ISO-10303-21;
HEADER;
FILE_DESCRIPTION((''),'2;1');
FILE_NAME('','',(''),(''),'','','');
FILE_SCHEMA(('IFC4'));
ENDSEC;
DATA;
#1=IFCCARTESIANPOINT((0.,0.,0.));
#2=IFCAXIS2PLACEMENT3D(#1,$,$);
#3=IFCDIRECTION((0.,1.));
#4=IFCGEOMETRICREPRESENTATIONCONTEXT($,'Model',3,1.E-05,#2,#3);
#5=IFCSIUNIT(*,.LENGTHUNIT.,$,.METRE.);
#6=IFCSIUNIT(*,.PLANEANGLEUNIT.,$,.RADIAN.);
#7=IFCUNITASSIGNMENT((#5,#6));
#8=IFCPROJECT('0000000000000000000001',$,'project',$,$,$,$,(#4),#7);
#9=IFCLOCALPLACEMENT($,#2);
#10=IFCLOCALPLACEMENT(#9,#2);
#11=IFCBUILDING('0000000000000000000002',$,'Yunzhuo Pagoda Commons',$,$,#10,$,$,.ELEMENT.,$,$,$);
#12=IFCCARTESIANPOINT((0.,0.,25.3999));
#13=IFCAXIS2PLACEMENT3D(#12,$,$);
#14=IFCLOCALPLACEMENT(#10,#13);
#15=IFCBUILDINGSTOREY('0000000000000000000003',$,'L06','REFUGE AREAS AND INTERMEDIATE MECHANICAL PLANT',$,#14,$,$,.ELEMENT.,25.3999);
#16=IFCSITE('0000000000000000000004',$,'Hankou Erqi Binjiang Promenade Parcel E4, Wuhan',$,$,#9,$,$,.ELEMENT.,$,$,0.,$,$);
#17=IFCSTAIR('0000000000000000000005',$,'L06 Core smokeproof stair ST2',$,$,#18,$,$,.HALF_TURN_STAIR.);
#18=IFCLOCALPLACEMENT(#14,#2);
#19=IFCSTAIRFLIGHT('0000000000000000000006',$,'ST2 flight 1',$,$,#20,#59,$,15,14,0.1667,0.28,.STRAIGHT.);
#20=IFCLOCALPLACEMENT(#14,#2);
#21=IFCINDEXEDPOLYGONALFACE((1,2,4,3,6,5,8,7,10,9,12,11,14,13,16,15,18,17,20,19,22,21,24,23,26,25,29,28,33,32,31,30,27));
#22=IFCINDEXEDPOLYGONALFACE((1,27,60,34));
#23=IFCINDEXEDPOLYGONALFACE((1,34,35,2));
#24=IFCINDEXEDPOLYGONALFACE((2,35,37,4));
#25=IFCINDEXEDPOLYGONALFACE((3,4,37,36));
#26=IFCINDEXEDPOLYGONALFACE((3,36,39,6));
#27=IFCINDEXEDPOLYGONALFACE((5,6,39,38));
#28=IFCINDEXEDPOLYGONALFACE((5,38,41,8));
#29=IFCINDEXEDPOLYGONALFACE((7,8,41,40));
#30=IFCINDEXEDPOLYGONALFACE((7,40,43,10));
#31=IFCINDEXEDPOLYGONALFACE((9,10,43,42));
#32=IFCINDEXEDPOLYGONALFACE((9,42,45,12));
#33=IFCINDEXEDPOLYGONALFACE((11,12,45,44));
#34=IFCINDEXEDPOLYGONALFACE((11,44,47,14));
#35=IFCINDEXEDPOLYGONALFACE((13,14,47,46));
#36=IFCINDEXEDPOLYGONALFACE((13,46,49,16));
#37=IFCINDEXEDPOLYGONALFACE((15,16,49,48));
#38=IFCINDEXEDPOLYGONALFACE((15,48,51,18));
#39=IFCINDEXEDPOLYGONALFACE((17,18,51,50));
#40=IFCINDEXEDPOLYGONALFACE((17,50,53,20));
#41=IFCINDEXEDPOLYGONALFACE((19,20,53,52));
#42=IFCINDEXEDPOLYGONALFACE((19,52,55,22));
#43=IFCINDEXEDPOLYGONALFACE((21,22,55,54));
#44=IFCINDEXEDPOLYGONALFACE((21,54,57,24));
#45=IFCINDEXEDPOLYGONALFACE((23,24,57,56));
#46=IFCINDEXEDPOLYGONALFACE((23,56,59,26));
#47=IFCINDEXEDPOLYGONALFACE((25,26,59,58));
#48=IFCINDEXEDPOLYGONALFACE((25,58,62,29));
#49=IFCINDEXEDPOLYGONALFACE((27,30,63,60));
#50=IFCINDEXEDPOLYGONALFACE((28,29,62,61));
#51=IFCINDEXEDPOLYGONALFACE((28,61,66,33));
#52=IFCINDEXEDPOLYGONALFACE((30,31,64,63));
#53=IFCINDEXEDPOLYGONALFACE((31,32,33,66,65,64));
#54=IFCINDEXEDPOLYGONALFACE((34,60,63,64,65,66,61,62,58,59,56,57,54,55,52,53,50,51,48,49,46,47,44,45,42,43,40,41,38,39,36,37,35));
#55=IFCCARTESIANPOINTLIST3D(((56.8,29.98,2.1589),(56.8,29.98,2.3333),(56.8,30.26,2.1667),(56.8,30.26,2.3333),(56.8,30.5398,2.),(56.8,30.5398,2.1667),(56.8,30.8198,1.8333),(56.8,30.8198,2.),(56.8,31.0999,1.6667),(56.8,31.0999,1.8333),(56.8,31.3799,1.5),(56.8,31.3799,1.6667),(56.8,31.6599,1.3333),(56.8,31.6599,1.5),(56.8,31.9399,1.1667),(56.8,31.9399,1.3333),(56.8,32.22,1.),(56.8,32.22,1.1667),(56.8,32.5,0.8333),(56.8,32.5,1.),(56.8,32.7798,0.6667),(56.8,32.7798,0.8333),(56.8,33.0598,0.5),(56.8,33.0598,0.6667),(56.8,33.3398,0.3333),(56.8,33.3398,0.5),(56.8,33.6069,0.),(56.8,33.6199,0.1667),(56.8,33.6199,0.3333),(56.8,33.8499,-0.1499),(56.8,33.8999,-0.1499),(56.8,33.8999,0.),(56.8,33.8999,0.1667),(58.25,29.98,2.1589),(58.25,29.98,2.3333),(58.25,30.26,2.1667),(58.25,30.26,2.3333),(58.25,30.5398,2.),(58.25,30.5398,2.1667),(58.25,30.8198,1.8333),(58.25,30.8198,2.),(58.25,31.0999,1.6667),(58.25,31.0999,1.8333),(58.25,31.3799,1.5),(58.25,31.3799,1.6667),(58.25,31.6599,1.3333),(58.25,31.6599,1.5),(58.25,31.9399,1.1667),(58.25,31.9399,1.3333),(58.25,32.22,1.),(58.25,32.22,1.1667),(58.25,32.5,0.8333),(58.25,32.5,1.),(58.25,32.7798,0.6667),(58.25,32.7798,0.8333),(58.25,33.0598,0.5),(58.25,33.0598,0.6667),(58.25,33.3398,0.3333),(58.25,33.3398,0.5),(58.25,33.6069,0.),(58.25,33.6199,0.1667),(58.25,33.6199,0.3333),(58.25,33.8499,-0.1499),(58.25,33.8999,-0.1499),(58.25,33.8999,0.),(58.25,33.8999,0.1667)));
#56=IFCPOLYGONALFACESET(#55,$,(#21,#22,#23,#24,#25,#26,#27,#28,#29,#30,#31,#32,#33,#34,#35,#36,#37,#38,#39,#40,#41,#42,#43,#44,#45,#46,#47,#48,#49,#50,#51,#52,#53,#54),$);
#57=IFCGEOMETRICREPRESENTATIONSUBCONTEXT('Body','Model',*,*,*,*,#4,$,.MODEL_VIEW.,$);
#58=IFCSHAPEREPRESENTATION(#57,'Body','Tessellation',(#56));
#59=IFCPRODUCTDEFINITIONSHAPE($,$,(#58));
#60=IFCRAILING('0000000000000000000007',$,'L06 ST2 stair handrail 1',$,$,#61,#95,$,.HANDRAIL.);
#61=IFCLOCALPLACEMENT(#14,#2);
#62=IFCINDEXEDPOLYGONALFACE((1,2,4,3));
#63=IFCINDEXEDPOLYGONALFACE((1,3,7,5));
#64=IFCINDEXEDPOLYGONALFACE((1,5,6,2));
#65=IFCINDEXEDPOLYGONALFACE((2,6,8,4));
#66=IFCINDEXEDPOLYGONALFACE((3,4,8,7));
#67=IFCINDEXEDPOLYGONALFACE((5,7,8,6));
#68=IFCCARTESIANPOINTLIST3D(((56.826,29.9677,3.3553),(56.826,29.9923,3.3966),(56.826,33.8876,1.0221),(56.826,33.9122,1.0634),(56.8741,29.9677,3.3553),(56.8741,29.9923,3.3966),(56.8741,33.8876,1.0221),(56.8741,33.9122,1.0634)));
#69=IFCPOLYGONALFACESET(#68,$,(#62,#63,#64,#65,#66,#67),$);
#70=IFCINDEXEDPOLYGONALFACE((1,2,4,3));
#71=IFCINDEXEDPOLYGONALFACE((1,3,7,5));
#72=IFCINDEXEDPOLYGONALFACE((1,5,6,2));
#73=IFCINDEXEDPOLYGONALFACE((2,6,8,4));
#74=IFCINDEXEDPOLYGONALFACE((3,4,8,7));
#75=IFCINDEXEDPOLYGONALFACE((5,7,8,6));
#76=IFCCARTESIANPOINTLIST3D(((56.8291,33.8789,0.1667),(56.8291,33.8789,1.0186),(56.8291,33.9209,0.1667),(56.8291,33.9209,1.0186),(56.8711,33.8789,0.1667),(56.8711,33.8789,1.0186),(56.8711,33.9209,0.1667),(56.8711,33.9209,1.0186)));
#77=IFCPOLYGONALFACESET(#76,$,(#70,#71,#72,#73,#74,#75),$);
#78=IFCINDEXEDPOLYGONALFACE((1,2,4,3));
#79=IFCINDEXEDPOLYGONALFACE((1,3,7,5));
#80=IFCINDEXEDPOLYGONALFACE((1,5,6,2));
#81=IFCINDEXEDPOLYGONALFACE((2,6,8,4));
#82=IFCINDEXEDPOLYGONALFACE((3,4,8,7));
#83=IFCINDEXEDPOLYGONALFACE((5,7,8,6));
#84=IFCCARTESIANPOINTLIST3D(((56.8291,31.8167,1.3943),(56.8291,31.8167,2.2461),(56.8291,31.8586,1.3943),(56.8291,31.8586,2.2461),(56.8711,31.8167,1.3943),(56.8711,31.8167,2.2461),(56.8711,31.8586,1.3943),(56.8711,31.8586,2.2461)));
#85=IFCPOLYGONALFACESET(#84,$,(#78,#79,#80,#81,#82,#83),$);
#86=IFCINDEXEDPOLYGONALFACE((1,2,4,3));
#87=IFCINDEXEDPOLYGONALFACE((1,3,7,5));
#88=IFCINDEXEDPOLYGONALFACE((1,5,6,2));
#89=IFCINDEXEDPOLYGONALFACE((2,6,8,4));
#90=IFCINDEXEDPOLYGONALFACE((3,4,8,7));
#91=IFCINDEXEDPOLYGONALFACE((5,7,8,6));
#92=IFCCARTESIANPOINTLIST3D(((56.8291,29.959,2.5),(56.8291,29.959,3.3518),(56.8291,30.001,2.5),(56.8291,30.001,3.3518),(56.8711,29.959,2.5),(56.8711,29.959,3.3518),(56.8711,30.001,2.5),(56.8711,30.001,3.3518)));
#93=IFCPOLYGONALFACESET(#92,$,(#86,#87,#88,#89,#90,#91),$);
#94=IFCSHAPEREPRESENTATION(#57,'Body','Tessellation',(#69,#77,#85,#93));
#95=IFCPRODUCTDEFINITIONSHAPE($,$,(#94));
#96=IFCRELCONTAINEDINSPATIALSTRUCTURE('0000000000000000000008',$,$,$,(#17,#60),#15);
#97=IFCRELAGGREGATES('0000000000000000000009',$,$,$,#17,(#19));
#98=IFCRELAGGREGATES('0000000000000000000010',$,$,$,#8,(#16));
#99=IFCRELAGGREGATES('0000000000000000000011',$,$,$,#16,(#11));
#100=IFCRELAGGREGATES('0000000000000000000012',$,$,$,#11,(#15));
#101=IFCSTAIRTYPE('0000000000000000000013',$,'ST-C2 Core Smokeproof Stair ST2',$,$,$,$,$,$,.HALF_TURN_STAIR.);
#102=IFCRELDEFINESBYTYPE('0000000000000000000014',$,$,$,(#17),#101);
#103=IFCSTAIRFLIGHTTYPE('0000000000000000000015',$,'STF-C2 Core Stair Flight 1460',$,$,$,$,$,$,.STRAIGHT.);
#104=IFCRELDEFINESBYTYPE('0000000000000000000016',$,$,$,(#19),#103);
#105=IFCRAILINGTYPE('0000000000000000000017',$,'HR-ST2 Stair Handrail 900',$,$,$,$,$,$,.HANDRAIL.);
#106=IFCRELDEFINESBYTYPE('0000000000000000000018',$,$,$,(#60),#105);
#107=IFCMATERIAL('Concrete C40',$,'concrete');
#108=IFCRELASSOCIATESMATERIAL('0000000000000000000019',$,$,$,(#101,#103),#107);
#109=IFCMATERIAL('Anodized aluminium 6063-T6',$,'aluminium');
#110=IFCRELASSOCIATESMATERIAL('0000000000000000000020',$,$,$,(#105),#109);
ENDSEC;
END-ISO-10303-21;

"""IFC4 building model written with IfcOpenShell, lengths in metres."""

from ifc_helpers import new_model, si_unit, direction, frame, origin, origin_2d, place, context, subcontext, project, spatial, polyline, rectangle, outline, extrude, source, transform, mapped, material, type_object, element, aggregate, save


model = new_model("IFC4")

# Units and contexts
model_context = context("Model", 3, precision=1e-05, world=origin(), true_north=direction((0.0, 1.0)))
body_context = subcontext(model_context, "Body", "Model", "MODEL_VIEW")
ifc_project = project(units=[si_unit("LENGTHUNIT", "METRE"), si_unit("PLANEANGLEUNIT", "RADIAN")], contexts=[model_context])

# Site, building, storey
site_placement = place(None, origin())
site = spatial("IfcSite", under=ifc_project, at=site_placement, Name="Hankou Erqi Binjiang Promenade Parcel E4, Wuhan", CompositionType="ELEMENT", RefElevation=0.0)
building_placement = place(site_placement, origin())
building = spatial("IfcBuilding", under=site, at=building_placement, Name="Yunzhuo Pagoda Commons", CompositionType="ELEMENT")
storey_placement = place(building_placement, frame((0.0, 0.0, 25.3999)))
storey = spatial("IfcBuildingStorey", under=building, at=storey_placement, Name="L06", Description="REFUGE AREAS AND INTERMEDIATE MECHANICAL PLANT", CompositionType="ELEMENT", Elevation=25.3999)

# Shared definitions
ifc_material_1 = material(Name="Concrete C40", Category="concrete")

# Stair, stair flight
stair_type = type_object("IfcStairType", Name="ST-C2 Core Smokeproof Stair ST2", PredefinedType="HALF_TURN_STAIR", material=ifc_material_1)
stair_placement = place(storey_placement, origin())
stair = element("IfcStair", 1, at=stair_placement, inside=storey, type_object=stair_type, Name="L06 Core smokeproof stair ST2", PredefinedType="HALF_TURN_STAIR")
stair_flight_type = type_object("IfcStairFlightType", Name="STF-C2 Core Stair Flight 1460", PredefinedType="STRAIGHT", material=ifc_material_1)
shared_shape_1 = source(origin(), body_context, "Body", "SweptSolid", [
    extrude(outline(polyline([(0.0, -0.1499), (0.0, 0.0), (0.0, 0.1667), (0.28, 0.1667), (0.28, 0.3333), (0.5601, 0.3333), (0.5601, 0.5), (0.8401, 0.5), (0.8401, 0.6667), (1.1201, 0.6667), (1.1201, 0.8333), (1.3999, 0.8333), (1.3999, 1.0), (1.6799, 1.0), (1.6799, 1.1667), (1.96, 1.1667), (1.96, 1.3333), (2.24, 1.3333), (2.24, 1.5), (2.52, 1.5), (2.52, 1.6667), (2.8, 1.6667), (2.8, 1.8333), (3.0801, 1.8333), (3.0801, 2.0), (3.3601, 2.0), (3.3601, 2.1667), (3.6399, 2.1667), (3.6399, 2.3333), (3.9199, 2.3333), (3.9199, 2.5), (3.9199, 2.1589), (0.293, 0.0), (0.05, -0.1499), (0.0, -0.1499)])), frame((0.0, 0.7251, 0.0), z_axis=(0.0, -1.0, 0.0), x_axis=(1.0, 0.0, 0.0)), (0.0, 0.0, 1.0), 1.45),
])
stair_flight_placement = place(storey_placement, frame((57.5249, 33.8999, 0.0), z_axis=(0.0, 0.0, 1.0), x_axis=(0.0, -1.0, 0.0)))
stair_flight = element("IfcStairFlight", 2, at=stair_flight_placement, type_object=stair_flight_type, Name="ST2 flight 1", NumberOfRisers=15, NumberOfTreads=14, PredefinedType="STRAIGHT", RiserHeight=0.1667, TreadLength=0.28, context=body_context, shape_type="MappedRepresentation", body=[
    mapped(shared_shape_1, transform((0.0, 0.0, 0.0), scale=1.0)),
])
aggregate(stair, [stair_flight])

# Railing
ifc_material_2 = material(Name="Anodized aluminium 6063-T6", Category="aluminium")
railing_type = type_object("IfcRailingType", Name="HR-ST2 Stair Handrail 900", PredefinedType="HANDRAIL", material=ifc_material_2)
railing_placement = place(storey_placement, frame((56.8501, 33.8999, 0.1667)))
element("IfcRailing", 3, at=railing_placement, inside=storey, type_object=railing_type, Name="L06 ST2 stair handrail 1", PredefinedType="HANDRAIL", context=body_context, shape_type="SweptSolid", body=[
    extrude(rectangle(XDim=0.0481, YDim=0.0481, at=origin_2d()), frame((0.0, 0.0, 0.876), z_axis=(0.0, -0.859296, 0.511478), x_axis=(1.0, 0.0, 0.0)), (0.0, 0.0, 1.0), 4.5618),
    extrude(rectangle(XDim=0.042, YDim=0.042, at=origin_2d()), origin(), (0.0, 0.0, 1.0), 0.8518),
    extrude(rectangle(XDim=0.042, YDim=0.042, at=origin_2d()), frame((0.0, -2.0623, 1.2275)), (0.0, 0.0, 1.0), 0.8518),
    extrude(rectangle(XDim=0.042, YDim=0.042, at=origin_2d()), frame((0.0, -3.9199, 2.3333)), (0.0, 0.0, 1.0), 0.8518),
])

save(model, "model.ifc")
